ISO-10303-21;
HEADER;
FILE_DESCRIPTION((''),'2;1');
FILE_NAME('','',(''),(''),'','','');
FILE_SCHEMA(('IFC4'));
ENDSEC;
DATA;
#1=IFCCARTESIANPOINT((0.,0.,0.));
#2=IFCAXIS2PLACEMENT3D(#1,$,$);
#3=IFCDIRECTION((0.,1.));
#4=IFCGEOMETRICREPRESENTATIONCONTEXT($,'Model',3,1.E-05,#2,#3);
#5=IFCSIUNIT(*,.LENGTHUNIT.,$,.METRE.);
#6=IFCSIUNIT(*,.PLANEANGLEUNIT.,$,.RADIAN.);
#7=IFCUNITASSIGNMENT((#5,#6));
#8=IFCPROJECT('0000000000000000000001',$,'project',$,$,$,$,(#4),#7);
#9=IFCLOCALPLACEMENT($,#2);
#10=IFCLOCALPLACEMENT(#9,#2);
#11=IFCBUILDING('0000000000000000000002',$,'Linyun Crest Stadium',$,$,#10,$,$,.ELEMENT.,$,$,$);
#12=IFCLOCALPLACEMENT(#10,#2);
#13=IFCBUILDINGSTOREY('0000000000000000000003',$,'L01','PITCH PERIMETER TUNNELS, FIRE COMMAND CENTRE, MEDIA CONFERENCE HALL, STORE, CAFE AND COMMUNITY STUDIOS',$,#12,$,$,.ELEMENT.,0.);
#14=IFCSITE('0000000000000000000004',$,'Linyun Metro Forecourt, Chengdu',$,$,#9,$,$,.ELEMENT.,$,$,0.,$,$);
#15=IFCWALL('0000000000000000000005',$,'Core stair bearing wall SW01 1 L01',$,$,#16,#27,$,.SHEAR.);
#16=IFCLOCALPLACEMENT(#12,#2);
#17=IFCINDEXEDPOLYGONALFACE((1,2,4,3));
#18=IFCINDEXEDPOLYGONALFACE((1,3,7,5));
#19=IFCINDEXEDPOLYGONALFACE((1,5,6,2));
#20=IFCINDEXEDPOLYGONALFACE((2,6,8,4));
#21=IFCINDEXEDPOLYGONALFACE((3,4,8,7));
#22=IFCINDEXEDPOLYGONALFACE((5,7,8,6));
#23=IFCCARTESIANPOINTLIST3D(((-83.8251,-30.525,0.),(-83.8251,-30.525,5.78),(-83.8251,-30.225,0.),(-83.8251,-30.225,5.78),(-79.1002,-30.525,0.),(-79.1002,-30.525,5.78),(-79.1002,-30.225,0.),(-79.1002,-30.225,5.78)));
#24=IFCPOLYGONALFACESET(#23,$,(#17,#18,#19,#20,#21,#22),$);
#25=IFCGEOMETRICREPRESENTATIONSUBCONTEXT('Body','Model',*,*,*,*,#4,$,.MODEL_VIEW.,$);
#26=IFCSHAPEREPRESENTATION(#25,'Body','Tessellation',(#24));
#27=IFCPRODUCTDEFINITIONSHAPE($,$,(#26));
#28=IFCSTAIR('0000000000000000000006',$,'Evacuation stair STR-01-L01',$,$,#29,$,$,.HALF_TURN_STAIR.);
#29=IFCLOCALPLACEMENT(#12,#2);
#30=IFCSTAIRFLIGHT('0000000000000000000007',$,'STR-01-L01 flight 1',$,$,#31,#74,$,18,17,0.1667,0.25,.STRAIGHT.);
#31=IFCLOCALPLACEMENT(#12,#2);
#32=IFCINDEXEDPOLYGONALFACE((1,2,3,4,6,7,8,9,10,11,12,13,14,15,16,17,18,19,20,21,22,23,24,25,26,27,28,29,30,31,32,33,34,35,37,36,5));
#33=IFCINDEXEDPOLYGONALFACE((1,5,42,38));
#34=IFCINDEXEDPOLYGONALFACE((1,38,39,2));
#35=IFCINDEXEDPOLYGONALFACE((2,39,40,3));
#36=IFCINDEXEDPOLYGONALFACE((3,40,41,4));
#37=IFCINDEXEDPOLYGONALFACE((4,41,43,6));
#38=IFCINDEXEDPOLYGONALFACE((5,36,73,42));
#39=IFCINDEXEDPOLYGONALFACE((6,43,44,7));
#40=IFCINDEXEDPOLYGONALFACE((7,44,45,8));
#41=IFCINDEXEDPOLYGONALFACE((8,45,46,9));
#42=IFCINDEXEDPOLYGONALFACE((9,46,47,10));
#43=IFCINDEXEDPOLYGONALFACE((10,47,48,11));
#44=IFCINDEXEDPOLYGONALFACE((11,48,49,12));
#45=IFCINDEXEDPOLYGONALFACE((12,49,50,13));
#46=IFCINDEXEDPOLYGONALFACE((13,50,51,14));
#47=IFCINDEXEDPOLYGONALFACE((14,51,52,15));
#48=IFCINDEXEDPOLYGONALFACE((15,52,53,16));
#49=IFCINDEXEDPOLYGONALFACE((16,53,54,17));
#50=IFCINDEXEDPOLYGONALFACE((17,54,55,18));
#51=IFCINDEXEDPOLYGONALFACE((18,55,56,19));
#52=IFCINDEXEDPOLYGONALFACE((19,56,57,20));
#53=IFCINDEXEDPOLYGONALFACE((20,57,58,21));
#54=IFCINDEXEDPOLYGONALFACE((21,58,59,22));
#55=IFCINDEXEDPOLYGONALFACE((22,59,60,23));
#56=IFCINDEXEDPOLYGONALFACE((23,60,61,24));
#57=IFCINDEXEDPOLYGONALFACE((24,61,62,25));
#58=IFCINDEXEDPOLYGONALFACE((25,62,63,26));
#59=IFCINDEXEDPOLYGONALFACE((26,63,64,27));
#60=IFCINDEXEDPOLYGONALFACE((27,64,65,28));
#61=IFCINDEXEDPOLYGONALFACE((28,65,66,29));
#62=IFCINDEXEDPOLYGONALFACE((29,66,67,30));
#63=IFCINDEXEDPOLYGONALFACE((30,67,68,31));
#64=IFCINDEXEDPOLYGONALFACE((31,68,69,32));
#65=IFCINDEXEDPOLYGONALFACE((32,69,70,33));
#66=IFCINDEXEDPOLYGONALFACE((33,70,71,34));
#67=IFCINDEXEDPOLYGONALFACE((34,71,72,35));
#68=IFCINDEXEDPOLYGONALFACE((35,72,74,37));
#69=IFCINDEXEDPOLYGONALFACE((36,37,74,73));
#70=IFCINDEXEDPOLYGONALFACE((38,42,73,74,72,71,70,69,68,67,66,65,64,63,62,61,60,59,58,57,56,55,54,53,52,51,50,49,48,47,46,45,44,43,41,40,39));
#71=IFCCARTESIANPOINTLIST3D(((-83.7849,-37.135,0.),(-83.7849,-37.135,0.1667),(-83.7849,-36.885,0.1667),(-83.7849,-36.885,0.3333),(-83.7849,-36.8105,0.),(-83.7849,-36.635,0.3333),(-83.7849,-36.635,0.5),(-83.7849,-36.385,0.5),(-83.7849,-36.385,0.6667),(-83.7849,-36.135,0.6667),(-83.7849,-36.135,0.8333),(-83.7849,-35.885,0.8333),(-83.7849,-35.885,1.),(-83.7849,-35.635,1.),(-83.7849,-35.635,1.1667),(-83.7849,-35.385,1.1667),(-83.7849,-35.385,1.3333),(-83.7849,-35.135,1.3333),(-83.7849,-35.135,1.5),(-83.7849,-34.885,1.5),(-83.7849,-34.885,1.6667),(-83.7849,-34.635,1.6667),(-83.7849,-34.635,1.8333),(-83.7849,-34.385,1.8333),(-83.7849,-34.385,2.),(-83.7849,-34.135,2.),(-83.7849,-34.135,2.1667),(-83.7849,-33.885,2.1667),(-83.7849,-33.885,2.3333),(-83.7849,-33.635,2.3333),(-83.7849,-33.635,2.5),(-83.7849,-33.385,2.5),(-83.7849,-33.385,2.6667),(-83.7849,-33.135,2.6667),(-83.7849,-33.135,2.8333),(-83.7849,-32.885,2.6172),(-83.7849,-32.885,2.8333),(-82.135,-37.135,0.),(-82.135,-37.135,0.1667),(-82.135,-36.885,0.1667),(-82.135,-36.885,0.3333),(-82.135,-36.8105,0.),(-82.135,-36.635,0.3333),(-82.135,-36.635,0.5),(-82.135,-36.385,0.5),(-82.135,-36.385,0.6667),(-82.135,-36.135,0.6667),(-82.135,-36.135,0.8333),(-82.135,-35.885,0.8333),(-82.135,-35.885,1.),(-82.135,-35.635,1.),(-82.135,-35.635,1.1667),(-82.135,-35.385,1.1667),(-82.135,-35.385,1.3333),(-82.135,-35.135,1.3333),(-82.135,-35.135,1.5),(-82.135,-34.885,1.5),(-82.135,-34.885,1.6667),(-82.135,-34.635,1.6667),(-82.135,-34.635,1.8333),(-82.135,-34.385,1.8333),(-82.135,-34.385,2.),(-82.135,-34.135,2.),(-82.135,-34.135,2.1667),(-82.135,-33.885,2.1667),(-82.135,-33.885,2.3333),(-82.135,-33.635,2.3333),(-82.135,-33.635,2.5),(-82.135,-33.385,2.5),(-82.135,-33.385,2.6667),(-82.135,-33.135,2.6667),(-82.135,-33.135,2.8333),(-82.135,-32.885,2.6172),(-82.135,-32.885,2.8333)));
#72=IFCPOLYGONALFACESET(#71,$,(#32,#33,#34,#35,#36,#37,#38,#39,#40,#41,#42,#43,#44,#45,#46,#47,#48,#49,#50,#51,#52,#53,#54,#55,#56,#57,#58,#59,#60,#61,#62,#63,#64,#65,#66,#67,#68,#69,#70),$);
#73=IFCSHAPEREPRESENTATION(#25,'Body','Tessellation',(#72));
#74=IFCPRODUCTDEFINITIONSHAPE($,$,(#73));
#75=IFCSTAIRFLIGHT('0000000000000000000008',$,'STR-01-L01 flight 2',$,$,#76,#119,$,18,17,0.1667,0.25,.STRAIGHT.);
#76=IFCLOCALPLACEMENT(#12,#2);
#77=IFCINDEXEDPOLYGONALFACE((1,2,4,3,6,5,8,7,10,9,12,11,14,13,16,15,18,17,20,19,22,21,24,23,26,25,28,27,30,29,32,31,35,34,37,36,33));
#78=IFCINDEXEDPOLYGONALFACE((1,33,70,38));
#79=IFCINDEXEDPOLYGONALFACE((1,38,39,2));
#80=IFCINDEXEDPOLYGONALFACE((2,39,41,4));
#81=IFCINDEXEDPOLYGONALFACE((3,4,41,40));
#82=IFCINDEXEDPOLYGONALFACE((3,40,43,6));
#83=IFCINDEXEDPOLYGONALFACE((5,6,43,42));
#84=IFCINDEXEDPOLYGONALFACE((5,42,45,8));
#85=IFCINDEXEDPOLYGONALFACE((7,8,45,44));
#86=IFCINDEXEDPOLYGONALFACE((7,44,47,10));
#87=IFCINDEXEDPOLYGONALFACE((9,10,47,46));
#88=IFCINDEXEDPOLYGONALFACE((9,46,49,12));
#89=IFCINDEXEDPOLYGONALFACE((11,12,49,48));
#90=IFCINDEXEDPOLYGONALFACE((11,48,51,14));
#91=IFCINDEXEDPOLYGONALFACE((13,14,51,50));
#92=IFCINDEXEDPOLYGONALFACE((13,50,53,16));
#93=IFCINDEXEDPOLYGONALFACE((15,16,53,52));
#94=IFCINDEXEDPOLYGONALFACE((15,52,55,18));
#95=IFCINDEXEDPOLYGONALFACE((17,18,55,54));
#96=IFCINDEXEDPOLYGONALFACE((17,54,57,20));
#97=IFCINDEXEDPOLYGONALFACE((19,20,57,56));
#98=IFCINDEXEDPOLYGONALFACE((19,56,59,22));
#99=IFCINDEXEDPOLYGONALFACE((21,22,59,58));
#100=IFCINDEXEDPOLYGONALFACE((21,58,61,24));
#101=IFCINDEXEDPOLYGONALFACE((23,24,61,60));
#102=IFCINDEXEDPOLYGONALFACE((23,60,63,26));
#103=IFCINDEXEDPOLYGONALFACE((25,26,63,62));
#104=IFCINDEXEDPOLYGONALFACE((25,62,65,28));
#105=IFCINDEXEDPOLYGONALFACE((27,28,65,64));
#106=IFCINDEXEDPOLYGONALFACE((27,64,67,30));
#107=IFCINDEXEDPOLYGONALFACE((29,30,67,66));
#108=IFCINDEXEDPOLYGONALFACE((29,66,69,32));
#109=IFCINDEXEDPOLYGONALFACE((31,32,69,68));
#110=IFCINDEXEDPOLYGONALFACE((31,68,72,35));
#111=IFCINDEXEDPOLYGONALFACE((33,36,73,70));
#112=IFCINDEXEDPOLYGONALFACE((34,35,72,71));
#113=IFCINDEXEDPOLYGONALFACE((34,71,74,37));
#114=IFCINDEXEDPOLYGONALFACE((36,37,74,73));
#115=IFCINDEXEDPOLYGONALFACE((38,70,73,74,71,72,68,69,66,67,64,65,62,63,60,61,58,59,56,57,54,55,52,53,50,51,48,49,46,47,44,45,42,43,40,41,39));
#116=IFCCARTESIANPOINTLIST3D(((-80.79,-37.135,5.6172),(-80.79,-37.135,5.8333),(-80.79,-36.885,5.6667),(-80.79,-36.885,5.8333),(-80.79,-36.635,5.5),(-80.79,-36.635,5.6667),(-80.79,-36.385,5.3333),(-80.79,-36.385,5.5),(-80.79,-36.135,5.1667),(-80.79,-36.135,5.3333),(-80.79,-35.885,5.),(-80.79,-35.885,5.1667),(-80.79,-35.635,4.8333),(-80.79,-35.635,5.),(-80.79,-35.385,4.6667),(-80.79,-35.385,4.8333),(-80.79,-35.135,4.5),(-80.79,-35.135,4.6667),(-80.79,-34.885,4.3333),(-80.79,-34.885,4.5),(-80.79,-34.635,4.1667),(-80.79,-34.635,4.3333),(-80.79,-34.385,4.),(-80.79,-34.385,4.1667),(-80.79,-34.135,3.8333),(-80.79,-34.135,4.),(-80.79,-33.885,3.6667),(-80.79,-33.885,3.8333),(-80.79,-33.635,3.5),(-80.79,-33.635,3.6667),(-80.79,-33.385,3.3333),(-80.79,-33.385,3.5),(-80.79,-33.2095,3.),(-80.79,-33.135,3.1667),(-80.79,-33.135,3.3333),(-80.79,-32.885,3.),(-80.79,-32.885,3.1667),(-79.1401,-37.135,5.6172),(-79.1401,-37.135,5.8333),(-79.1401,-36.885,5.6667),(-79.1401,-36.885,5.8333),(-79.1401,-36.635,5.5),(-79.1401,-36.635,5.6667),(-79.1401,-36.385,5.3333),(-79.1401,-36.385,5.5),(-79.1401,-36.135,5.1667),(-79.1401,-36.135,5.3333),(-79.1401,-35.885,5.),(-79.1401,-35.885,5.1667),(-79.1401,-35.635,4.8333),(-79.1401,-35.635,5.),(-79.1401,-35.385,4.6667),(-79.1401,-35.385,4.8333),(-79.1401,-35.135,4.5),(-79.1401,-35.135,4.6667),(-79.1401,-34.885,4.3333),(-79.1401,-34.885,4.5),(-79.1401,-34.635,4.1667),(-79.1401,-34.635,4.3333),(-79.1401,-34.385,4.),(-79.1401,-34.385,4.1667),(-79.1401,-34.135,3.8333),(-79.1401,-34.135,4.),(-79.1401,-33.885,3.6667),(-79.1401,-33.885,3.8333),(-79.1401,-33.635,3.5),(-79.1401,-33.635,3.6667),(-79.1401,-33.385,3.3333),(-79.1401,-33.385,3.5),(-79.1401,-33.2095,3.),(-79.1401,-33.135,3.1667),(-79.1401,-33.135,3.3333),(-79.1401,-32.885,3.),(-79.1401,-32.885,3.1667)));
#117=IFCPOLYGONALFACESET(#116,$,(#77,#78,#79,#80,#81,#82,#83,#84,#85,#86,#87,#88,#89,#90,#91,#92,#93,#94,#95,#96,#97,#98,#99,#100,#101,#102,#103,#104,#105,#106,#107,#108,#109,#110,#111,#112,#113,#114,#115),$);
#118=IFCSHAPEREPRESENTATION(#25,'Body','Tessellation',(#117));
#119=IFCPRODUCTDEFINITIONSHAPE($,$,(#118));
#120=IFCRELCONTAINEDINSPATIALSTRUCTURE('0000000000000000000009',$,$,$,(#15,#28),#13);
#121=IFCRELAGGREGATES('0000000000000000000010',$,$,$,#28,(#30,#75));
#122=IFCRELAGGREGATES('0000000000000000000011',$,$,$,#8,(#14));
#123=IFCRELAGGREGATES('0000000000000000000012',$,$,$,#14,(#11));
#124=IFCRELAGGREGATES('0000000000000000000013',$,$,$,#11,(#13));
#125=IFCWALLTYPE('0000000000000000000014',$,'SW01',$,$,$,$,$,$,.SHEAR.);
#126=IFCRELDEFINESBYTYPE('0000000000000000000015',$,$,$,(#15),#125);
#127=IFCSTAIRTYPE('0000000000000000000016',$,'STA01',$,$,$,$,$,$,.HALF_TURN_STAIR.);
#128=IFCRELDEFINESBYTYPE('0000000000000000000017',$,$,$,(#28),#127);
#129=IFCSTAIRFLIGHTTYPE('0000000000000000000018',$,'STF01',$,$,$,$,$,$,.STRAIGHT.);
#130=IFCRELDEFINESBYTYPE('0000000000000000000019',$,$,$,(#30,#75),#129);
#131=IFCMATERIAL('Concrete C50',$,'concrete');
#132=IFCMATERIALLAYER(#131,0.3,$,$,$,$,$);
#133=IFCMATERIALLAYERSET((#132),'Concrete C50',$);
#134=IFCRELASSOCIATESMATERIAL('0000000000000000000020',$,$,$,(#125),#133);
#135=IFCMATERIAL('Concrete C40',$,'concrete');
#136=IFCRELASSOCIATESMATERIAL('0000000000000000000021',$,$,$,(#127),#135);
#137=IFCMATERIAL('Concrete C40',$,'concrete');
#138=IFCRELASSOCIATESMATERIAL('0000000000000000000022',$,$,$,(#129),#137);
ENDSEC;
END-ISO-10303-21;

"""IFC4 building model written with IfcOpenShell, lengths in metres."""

from ifc_helpers import new_model, si_unit, direction, frame, frame_2d, origin, place, context, subcontext, project, spatial, polyline, rectangle, outline, extrude, material, layer, layer_set, type_object, element, aggregate, save


model = new_model("IFC4")

# Units and contexts
model_context = context("Model", 3, precision=1e-05, world=origin(), true_north=direction((0.0, 1.0)))
body_context = subcontext(model_context, "Body", "Model", "MODEL_VIEW")
ifc_project = project(units=[si_unit("LENGTHUNIT", "METRE"), si_unit("PLANEANGLEUNIT", "RADIAN")], contexts=[model_context])

# Site, building, storey
site_placement = place(None, origin())
site = spatial("IfcSite", under=ifc_project, at=site_placement, Name="Linyun Metro Forecourt, Chengdu", CompositionType="ELEMENT", RefElevation=0.0)
building_placement = place(site_placement, origin())
building = spatial("IfcBuilding", under=site, at=building_placement, Name="Linyun Crest Stadium", CompositionType="ELEMENT")
storey_placement = place(building_placement, origin())
storey = spatial("IfcBuildingStorey", under=building, at=storey_placement, Name="L01", Description="PITCH PERIMETER TUNNELS, FIRE COMMAND CENTRE, MEDIA CONFERENCE HALL, STORE, CAFE AND COMMUNITY STUDIOS", CompositionType="ELEMENT", Elevation=0.0)

# Shared definitions
ifc_material_1 = material(Name="Concrete C50", Category="concrete")
ifc_layer_1 = layer(ifc_material_1, 0.3)
ifc_layer_set_1 = layer_set([ifc_layer_1], Name="Concrete C50")
wall_type_1 = type_object("IfcWallType", Name="SW01", PredefinedType="SHEAR", material=ifc_layer_set_1)

# Wall
wall_1_placement = place(storey_placement, frame((-83.825, -30.375, 0.0), z_axis=(0.0, 0.0, 1.0), x_axis=(1.0, 0.0, 0.0)))
element("IfcWall", 1, at=wall_1_placement, inside=storey, type_object=wall_type_1, Name="Core stair bearing wall SW01 1 L01", PredefinedType="SHEAR", context=body_context, shape_type="SweptSolid", body=[
    extrude(rectangle(XDim=4.7249, YDim=0.3, at=frame_2d((2.3623, 0.0))), origin(), (0.0, 0.0, 1.0), 5.78),
])

# Stair, stair flights
ifc_material_2 = material(Name="Concrete C40", Category="concrete")
stair_type = type_object("IfcStairType", Name="STA01", PredefinedType="HALF_TURN_STAIR", material=ifc_material_2)
stair_placement = place(storey_placement, origin())
stair = element("IfcStair", 2, at=stair_placement, inside=storey, type_object=stair_type, Name="Evacuation stair STR-01-L01", PredefinedType="HALF_TURN_STAIR")
ifc_material_3 = material(Name="Concrete C40", Category="concrete")
stair_flight_type = type_object("IfcStairFlightType", Name="STF01", PredefinedType="STRAIGHT", material=ifc_material_3)
stair_flight_1_placement = place(storey_placement, frame((-82.96, -37.135, 0.0), z_axis=(0.0, 0.0, 1.0), x_axis=(0.0, 1.0, 0.0)))
stair_flight_1 = element("IfcStairFlight", 3, at=stair_flight_1_placement, type_object=stair_flight_type, Name="STR-01-L01 flight 1", NumberOfRisers=18, NumberOfTreads=17, PredefinedType="STRAIGHT", RiserHeight=0.1667, TreadLength=0.25, context=body_context, shape_type="SweptSolid", body=[
    extrude(outline(polyline([(0.0, 0.0), (0.0, 0.1667), (0.25, 0.1667), (0.25, 0.3333), (0.5, 0.3333), (0.5, 0.5), (0.75, 0.5), (0.75, 0.6667), (1.0, 0.6667), (1.0, 0.8333), (1.25, 0.8333), (1.25, 1.0), (1.5, 1.0), (1.5, 1.1667), (1.75, 1.1667), (1.75, 1.3333), (2.0, 1.3333), (2.0, 1.5), (2.25, 1.5), (2.25, 1.6667), (2.5, 1.6667), (2.5, 1.8333), (2.75, 1.8333), (2.75, 2.0), (3.0, 2.0), (3.0, 2.1667), (3.25, 2.1667), (3.25, 2.3333), (3.5, 2.3333), (3.5, 2.5), (3.75, 2.5), (3.75, 2.6667), (4.0, 2.6667), (4.0, 2.8333), (4.25, 2.8333), (4.25, 3.0), (4.25, 2.6172), (0.3245, 0.0), (0.0, 0.0)])), frame((0.0, 0.825, 0.0), z_axis=(0.0, -1.0, 0.0), x_axis=(1.0, 0.0, 0.0)), (0.0, 0.0, 1.0), 1.6499),
])
stair_flight_2_placement = place(storey_placement, frame((-79.9651, -32.885, 3.0), z_axis=(0.0, 0.0, 1.0), x_axis=(0.0, -1.0, 0.0)))
stair_flight_2 = element("IfcStairFlight", 4, at=stair_flight_2_placement, type_object=stair_flight_type, Name="STR-01-L01 flight 2", NumberOfRisers=18, NumberOfTreads=17, PredefinedType="STRAIGHT", RiserHeight=0.1667, TreadLength=0.25, context=body_context, shape_type="SweptSolid", body=[
    extrude(outline(polyline([(0.0, 0.0), (0.0, 0.1667), (0.25, 0.1667), (0.25, 0.3333), (0.5, 0.3333), (0.5, 0.5), (0.75, 0.5), (0.75, 0.6667), (1.0, 0.6667), (1.0, 0.8333), (1.25, 0.8333), (1.25, 1.0), (1.5, 1.0), (1.5, 1.1667), (1.75, 1.1667), (1.75, 1.3333), (2.0, 1.3333), (2.0, 1.5), (2.25, 1.5), (2.25, 1.6667), (2.5, 1.6667), (2.5, 1.8333), (2.75, 1.8333), (2.75, 2.0), (3.0, 2.0), (3.0, 2.1667), (3.25, 2.1667), (3.25, 2.3333), (3.5, 2.3333), (3.5, 2.5), (3.75, 2.5), (3.75, 2.6667), (4.0, 2.6667), (4.0, 2.8333), (4.25, 2.8333), (4.25, 3.0), (4.25, 2.6172), (0.3245, 0.0), (0.0, 0.0)])), frame((0.0, 0.825, 0.0), z_axis=(0.0, -1.0, 0.0), x_axis=(1.0, 0.0, 0.0)), (0.0, 0.0, 1.0), 1.6499),
])
aggregate(stair, [stair_flight_1, stair_flight_2])

save(model, "model.ifc")
